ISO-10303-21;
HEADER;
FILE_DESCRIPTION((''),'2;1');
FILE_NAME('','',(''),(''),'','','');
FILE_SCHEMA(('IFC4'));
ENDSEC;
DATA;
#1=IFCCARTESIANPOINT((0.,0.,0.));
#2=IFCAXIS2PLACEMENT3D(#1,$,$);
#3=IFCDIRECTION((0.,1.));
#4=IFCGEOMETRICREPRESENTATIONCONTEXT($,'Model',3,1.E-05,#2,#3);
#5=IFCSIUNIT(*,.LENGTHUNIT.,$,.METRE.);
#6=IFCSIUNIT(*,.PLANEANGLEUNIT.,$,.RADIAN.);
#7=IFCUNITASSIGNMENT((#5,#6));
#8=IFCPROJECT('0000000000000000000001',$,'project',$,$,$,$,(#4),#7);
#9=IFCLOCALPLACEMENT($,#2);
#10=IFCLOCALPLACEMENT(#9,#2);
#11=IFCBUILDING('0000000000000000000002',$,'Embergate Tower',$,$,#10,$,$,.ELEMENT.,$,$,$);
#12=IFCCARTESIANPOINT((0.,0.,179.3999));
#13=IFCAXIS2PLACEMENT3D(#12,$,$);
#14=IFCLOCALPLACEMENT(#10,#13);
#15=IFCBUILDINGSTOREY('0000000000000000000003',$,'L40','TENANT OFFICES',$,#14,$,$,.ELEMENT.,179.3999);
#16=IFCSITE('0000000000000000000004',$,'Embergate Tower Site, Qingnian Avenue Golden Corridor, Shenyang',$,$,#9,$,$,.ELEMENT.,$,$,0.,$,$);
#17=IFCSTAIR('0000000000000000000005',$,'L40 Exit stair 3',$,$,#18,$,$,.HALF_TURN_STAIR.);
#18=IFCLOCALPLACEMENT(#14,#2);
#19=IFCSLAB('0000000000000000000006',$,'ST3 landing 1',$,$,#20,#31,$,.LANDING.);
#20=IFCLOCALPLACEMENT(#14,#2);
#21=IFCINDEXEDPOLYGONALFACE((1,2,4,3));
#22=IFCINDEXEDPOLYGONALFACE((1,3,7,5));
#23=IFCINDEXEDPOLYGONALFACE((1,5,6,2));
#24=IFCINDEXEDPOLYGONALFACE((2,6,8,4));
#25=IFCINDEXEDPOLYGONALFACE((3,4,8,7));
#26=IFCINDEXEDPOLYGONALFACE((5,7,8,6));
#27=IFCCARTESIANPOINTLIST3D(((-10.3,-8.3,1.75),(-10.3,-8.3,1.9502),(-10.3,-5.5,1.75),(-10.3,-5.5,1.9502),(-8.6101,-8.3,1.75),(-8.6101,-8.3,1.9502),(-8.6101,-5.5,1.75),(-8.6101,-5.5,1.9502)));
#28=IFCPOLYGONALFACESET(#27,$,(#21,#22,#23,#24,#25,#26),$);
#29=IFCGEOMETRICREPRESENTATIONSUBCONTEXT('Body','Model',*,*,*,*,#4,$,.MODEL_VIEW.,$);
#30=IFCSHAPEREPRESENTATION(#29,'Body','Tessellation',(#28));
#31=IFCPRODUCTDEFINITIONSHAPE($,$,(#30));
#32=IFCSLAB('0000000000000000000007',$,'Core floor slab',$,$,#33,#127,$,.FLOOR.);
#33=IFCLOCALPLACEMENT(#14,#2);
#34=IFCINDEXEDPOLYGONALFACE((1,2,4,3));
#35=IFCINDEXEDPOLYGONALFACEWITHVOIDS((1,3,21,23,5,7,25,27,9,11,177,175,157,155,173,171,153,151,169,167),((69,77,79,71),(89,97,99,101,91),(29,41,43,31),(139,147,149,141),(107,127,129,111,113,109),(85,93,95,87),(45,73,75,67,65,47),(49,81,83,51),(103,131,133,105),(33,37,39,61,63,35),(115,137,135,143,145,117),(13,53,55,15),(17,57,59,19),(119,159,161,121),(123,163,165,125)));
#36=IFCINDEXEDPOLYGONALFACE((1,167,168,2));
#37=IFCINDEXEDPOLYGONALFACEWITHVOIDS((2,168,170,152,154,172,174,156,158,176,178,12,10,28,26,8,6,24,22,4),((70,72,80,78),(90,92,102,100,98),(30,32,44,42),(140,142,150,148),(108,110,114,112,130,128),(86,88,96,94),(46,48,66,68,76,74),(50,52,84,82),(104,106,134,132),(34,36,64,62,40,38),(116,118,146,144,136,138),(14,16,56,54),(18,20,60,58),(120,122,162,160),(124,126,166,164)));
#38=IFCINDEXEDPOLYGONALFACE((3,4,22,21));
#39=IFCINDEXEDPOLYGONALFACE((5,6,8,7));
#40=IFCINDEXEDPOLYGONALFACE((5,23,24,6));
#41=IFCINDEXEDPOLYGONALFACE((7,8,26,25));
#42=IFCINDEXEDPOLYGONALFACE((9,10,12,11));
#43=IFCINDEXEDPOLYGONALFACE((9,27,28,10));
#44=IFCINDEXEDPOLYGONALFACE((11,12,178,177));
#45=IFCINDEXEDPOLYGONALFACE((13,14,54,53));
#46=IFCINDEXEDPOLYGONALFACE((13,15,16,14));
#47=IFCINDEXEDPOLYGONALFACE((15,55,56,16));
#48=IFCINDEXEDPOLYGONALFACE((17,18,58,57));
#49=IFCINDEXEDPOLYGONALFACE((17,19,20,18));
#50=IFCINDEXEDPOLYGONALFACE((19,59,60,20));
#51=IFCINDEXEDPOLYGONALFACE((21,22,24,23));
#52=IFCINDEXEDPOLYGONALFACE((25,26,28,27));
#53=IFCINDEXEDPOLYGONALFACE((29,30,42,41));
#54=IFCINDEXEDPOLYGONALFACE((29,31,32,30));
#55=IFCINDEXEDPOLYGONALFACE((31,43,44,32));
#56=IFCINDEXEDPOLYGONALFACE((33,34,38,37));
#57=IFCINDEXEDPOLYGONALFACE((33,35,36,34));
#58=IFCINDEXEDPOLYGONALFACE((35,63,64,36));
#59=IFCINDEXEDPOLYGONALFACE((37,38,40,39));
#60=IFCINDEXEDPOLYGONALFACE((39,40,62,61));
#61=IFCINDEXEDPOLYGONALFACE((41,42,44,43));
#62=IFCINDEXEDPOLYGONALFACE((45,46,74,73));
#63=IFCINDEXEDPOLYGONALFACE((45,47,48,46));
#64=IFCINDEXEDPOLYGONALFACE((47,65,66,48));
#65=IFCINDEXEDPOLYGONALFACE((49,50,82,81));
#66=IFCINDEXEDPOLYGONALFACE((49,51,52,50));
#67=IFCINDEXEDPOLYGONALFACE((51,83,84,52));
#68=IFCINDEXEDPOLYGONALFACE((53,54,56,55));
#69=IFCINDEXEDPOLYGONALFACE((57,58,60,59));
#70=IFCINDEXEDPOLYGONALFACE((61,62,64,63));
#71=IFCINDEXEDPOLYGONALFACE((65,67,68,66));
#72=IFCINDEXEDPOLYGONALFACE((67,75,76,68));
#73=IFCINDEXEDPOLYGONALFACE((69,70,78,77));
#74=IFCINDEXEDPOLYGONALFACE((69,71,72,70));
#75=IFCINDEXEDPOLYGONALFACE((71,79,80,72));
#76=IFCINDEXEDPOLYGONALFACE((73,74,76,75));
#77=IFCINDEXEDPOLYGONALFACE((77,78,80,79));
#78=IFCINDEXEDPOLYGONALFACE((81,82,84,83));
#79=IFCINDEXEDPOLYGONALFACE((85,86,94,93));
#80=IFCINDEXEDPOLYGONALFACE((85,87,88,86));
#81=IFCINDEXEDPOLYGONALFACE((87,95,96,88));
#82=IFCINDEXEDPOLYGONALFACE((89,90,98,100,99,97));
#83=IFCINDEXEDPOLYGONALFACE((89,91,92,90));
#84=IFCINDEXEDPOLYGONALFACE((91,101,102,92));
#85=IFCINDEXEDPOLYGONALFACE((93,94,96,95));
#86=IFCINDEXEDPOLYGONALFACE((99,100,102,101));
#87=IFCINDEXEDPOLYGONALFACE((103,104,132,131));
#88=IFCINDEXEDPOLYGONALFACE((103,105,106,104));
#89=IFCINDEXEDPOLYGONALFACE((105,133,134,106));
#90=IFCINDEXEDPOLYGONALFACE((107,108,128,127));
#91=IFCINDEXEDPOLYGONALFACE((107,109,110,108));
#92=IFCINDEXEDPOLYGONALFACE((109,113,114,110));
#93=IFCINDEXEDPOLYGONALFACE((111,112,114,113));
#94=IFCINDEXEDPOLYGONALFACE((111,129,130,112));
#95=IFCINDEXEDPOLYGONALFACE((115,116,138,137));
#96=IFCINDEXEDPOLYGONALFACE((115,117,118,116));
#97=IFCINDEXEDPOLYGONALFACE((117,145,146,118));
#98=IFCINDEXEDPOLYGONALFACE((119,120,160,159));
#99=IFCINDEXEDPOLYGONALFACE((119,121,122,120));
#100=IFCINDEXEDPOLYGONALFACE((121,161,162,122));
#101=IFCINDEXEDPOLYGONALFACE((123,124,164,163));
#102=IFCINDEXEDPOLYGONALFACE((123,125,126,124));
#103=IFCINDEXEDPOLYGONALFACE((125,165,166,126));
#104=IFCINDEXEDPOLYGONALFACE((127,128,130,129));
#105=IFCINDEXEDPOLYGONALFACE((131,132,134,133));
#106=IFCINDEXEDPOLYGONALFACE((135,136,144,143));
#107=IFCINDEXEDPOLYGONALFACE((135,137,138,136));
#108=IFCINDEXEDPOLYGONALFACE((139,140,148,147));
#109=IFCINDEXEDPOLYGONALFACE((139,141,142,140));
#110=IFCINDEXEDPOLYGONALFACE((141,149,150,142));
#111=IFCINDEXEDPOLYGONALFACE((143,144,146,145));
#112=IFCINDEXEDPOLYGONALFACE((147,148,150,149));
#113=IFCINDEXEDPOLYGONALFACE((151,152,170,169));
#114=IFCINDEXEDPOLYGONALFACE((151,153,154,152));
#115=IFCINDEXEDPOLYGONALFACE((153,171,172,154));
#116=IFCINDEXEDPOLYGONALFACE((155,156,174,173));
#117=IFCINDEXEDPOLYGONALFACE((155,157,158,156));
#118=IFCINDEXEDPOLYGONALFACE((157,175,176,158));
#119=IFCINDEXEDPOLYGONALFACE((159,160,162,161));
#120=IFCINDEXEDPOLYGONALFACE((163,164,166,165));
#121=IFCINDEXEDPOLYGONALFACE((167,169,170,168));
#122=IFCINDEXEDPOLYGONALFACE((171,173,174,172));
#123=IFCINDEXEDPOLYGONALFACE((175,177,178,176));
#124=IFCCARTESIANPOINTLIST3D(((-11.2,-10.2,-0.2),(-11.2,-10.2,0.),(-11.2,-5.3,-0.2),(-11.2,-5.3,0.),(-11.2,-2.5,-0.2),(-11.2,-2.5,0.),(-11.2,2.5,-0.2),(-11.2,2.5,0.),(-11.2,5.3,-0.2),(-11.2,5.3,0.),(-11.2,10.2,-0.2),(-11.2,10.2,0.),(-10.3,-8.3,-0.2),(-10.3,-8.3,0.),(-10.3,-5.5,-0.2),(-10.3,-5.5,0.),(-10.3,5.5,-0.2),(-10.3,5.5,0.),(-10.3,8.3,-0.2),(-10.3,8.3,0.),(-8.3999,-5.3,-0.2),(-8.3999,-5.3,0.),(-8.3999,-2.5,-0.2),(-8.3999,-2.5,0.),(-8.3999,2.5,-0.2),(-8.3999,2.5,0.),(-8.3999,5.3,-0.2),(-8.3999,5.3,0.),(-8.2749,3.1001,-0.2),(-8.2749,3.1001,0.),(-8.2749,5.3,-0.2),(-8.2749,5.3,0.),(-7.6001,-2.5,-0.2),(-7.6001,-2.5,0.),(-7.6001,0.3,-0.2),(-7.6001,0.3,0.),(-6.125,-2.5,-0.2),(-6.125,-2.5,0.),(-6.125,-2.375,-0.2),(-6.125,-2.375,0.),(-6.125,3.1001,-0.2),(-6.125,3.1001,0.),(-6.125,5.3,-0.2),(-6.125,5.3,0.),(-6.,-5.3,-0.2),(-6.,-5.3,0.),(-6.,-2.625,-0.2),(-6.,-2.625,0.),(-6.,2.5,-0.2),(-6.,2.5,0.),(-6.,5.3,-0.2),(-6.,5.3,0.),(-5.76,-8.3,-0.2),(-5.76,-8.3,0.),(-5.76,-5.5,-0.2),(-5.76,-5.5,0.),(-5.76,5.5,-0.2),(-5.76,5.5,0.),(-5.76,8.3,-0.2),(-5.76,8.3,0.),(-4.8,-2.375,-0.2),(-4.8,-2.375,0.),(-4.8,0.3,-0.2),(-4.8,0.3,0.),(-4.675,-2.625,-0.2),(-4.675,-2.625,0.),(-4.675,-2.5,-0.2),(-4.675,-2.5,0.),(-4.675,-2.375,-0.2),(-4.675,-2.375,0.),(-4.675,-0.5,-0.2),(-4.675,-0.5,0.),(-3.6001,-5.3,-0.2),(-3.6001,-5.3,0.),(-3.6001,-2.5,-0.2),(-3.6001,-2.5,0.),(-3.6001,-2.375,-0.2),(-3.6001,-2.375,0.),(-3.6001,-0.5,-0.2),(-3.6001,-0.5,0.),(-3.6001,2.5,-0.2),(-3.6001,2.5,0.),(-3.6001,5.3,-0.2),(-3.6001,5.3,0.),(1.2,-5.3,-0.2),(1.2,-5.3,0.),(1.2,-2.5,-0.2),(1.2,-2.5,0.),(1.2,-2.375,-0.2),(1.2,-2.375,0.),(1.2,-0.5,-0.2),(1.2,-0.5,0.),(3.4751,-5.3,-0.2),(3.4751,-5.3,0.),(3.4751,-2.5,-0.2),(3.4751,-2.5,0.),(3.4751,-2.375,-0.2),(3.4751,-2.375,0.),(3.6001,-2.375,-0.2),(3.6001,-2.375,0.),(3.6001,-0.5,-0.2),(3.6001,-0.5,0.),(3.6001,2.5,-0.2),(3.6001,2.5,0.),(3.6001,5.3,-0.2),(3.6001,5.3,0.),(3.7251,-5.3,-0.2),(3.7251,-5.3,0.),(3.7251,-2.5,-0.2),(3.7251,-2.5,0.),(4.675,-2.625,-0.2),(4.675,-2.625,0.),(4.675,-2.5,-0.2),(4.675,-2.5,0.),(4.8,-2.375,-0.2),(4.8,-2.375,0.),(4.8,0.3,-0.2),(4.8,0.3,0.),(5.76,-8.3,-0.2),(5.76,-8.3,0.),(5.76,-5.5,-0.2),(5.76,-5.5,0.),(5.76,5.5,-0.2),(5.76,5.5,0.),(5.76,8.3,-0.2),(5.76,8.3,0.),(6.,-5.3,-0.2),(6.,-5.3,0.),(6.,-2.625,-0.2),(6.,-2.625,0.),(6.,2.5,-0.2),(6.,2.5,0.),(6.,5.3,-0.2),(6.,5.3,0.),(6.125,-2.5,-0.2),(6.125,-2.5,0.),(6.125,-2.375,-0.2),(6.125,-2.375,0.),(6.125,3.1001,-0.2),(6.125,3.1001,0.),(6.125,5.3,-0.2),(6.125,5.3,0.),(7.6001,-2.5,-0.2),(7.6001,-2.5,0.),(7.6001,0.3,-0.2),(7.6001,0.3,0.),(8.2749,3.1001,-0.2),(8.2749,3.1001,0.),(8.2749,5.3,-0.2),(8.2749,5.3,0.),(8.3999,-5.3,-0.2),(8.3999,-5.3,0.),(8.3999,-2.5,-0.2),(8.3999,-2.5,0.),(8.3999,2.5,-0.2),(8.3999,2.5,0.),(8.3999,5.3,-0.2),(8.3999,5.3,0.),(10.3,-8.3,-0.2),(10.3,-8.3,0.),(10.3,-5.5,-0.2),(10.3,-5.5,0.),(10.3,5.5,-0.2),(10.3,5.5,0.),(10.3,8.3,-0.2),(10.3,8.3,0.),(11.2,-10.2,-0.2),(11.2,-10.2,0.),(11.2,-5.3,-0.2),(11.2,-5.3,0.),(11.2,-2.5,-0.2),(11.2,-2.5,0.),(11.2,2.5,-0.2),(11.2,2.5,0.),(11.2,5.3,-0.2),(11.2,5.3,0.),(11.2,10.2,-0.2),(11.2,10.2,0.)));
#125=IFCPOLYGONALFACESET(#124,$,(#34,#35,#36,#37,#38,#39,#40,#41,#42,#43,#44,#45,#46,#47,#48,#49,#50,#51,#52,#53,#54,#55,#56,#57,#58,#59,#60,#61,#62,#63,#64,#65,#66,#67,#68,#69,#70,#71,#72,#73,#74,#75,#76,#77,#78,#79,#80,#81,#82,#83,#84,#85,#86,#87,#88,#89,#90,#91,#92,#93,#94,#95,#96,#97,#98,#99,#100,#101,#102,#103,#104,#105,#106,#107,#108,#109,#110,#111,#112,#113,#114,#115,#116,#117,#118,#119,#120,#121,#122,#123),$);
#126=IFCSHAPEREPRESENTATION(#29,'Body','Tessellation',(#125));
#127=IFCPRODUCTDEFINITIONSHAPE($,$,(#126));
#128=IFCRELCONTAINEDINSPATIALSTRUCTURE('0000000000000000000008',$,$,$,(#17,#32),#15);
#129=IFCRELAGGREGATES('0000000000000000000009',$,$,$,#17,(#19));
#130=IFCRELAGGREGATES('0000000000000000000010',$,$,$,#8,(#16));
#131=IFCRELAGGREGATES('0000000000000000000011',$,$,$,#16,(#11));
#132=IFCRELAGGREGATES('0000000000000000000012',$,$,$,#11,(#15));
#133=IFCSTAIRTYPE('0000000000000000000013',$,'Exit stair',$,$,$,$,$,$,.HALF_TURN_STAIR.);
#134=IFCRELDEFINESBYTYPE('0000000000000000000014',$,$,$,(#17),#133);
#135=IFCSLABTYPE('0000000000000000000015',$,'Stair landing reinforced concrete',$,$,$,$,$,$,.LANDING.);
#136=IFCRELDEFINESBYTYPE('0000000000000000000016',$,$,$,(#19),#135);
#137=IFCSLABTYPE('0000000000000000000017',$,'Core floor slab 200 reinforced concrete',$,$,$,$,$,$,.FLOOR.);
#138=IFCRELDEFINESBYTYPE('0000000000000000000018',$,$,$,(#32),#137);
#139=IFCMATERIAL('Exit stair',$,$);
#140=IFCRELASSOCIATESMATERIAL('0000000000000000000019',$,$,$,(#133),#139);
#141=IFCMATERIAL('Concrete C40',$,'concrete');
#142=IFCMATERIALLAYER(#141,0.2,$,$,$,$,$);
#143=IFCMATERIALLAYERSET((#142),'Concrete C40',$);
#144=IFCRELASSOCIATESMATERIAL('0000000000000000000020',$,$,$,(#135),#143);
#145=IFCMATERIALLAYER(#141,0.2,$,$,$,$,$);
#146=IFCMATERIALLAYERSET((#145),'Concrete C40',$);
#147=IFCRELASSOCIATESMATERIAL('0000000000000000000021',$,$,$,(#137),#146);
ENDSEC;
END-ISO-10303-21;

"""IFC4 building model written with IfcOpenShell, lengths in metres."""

from ifc_helpers import new_model, si_unit, direction, frame, origin, place, context, subcontext, project, spatial, polyline, outline, extrude, source, transform, mapped, material, layer, layer_set, type_object, element, aggregate, save


model = new_model("IFC4")

# Units and contexts
model_context = context("Model", 3, precision=1e-05, world=origin(), true_north=direction((0.0, 1.0)))
body_context = subcontext(model_context, "Body", "Model", "MODEL_VIEW")
ifc_project = project(units=[si_unit("LENGTHUNIT", "METRE"), si_unit("PLANEANGLEUNIT", "RADIAN")], contexts=[model_context])

# Site, building, storey
site_placement = place(None, origin())
site = spatial("IfcSite", under=ifc_project, at=site_placement, Name="Embergate Tower Site, Qingnian Avenue Golden Corridor, Shenyang", CompositionType="ELEMENT", RefElevation=0.0)
building_placement = place(site_placement, origin())
building = spatial("IfcBuilding", under=site, at=building_placement, Name="Embergate Tower", CompositionType="ELEMENT")
storey_placement = place(building_placement, frame((0.0, 0.0, 179.3999)))
storey = spatial("IfcBuildingStorey", under=building, at=storey_placement, Name="L40", Description="TENANT OFFICES", CompositionType="ELEMENT", Elevation=179.3999)

# Stair, slab
ifc_material_1 = material(Name="Exit stair")
stair_type = type_object("IfcStairType", Name="Exit stair", PredefinedType="HALF_TURN_STAIR", material=ifc_material_1)
stair_placement = place(storey_placement, origin())
stair = element("IfcStair", 1, at=stair_placement, inside=storey, type_object=stair_type, Name="L40 Exit stair 3", PredefinedType="HALF_TURN_STAIR")
ifc_material_2 = material(Name="Concrete C40", Category="concrete")
ifc_layer_1 = layer(ifc_material_2, 0.2)
ifc_layer_set_1 = layer_set([ifc_layer_1], Name="Concrete C40")
slab_type_1 = type_object("IfcSlabType", Name="Stair landing reinforced concrete", PredefinedType="LANDING", material=ifc_layer_set_1)
shared_shape_1 = source(origin(), body_context, "Body", "SweptSolid", [
    extrude(outline(polyline([(0.0, 0.0), (1.6899, 0.0), (1.6899, 2.8), (0.0, 2.8), (0.0, 0.0)])), origin(), (0.0, 0.0, 1.0), 0.2002),
])
slab_1_placement = place(storey_placement, frame((-10.3, -8.3, 1.75)))
slab_1 = element("IfcSlab", 2, at=slab_1_placement, type_object=slab_type_1, Name="ST3 landing 1", PredefinedType="LANDING", context=body_context, shape_type="MappedRepresentation", body=[
    mapped(shared_shape_1, transform((0.0, 0.0, 0.0))),
])

# Slab
ifc_layer_2 = layer(ifc_material_2, 0.2)
ifc_layer_set_2 = layer_set([ifc_layer_2], Name="Concrete C40")
slab_type_2 = type_object("IfcSlabType", Name="Core floor slab 200 reinforced concrete", PredefinedType="FLOOR", material=ifc_layer_set_2)
shared_shape_2 = source(origin(), body_context, "Body", "SweptSolid", [
    extrude(outline(polyline([(0.0, 0.0), (22.3999, 0.0), (22.3999, 4.8999), (19.5999, 4.8999), (19.5999, 7.7), (22.3999, 7.7), (22.3999, 12.7), (19.5999, 12.7), (19.5999, 15.5), (22.3999, 15.5), (22.3999, 20.3999), (0.0, 20.3999), (0.0, 15.5), (2.8, 15.5), (2.8, 12.7), (0.0, 12.7), (0.0, 7.7), (2.8, 7.7), (2.8, 4.8999), (0.0, 4.8999), (0.0, 0.0)]), holes=[polyline([(0.8999, 1.8999), (0.8999, 4.7), (5.4399, 4.7), (5.4399, 1.8999), (0.8999, 1.8999)]), polyline([(16.96, 1.8999), (16.96, 4.7), (21.5, 4.7), (21.5, 1.8999), (16.96, 1.8999)]), polyline([(5.2, 4.8999), (5.2, 7.575), (6.5249, 7.575), (6.5249, 7.7), (7.5999, 7.7), (7.5999, 4.8999), (5.2, 4.8999)]), polyline([(12.3999, 4.8999), (12.3999, 7.7), (14.675, 7.7), (14.675, 4.8999), (12.3999, 4.8999)]), polyline([(14.925, 4.8999), (14.925, 7.7), (15.875, 7.7), (15.875, 7.575), (17.2, 7.575), (17.2, 4.8999), (14.925, 4.8999)]), polyline([(3.5999, 7.7), (3.5999, 10.5), (6.3999, 10.5), (6.3999, 7.825), (5.075, 7.825), (5.075, 7.7), (3.5999, 7.7)]), polyline([(17.325, 7.7), (17.325, 7.825), (16.0, 7.825), (16.0, 10.5), (18.8, 10.5), (18.8, 7.7), (17.325, 7.7)]), polyline([(6.5249, 7.825), (6.5249, 9.7), (7.5999, 9.7), (7.5999, 7.825), (6.5249, 7.825)]), polyline([(12.3999, 7.825), (12.3999, 9.7), (14.8, 9.7), (14.8, 7.825), (14.675, 7.825), (12.3999, 7.825)]), polyline([(5.2, 12.7), (5.2, 15.5), (7.5999, 15.5), (7.5999, 12.7), (5.2, 12.7)]), polyline([(14.8, 12.7), (14.8, 15.5), (17.2, 15.5), (17.2, 12.7), (14.8, 12.7)]), polyline([(2.925, 13.3), (2.925, 15.5), (5.075, 15.5), (5.075, 13.3), (2.925, 13.3)]), polyline([(17.325, 13.3), (17.325, 15.5), (19.4749, 15.5), (19.4749, 13.3), (17.325, 13.3)]), polyline([(0.8999, 15.7), (0.8999, 18.5), (5.4399, 18.5), (5.4399, 15.7), (0.8999, 15.7)]), polyline([(16.96, 15.7), (16.96, 18.5), (21.5, 18.5), (21.5, 15.7), (16.96, 15.7)])]), origin(), (0.0, 0.0, 1.0), 0.2),
])
slab_2_placement = place(storey_placement, frame((-11.2, -10.2, -0.2)))
element("IfcSlab", 3, at=slab_2_placement, inside=storey, type_object=slab_type_2, Name="Core floor slab", PredefinedType="FLOOR", context=body_context, shape_type="MappedRepresentation", body=[
    mapped(shared_shape_2, transform((0.0, 0.0, 0.0))),
])

aggregate(stair, [slab_1])

save(model, "model.ifc")
